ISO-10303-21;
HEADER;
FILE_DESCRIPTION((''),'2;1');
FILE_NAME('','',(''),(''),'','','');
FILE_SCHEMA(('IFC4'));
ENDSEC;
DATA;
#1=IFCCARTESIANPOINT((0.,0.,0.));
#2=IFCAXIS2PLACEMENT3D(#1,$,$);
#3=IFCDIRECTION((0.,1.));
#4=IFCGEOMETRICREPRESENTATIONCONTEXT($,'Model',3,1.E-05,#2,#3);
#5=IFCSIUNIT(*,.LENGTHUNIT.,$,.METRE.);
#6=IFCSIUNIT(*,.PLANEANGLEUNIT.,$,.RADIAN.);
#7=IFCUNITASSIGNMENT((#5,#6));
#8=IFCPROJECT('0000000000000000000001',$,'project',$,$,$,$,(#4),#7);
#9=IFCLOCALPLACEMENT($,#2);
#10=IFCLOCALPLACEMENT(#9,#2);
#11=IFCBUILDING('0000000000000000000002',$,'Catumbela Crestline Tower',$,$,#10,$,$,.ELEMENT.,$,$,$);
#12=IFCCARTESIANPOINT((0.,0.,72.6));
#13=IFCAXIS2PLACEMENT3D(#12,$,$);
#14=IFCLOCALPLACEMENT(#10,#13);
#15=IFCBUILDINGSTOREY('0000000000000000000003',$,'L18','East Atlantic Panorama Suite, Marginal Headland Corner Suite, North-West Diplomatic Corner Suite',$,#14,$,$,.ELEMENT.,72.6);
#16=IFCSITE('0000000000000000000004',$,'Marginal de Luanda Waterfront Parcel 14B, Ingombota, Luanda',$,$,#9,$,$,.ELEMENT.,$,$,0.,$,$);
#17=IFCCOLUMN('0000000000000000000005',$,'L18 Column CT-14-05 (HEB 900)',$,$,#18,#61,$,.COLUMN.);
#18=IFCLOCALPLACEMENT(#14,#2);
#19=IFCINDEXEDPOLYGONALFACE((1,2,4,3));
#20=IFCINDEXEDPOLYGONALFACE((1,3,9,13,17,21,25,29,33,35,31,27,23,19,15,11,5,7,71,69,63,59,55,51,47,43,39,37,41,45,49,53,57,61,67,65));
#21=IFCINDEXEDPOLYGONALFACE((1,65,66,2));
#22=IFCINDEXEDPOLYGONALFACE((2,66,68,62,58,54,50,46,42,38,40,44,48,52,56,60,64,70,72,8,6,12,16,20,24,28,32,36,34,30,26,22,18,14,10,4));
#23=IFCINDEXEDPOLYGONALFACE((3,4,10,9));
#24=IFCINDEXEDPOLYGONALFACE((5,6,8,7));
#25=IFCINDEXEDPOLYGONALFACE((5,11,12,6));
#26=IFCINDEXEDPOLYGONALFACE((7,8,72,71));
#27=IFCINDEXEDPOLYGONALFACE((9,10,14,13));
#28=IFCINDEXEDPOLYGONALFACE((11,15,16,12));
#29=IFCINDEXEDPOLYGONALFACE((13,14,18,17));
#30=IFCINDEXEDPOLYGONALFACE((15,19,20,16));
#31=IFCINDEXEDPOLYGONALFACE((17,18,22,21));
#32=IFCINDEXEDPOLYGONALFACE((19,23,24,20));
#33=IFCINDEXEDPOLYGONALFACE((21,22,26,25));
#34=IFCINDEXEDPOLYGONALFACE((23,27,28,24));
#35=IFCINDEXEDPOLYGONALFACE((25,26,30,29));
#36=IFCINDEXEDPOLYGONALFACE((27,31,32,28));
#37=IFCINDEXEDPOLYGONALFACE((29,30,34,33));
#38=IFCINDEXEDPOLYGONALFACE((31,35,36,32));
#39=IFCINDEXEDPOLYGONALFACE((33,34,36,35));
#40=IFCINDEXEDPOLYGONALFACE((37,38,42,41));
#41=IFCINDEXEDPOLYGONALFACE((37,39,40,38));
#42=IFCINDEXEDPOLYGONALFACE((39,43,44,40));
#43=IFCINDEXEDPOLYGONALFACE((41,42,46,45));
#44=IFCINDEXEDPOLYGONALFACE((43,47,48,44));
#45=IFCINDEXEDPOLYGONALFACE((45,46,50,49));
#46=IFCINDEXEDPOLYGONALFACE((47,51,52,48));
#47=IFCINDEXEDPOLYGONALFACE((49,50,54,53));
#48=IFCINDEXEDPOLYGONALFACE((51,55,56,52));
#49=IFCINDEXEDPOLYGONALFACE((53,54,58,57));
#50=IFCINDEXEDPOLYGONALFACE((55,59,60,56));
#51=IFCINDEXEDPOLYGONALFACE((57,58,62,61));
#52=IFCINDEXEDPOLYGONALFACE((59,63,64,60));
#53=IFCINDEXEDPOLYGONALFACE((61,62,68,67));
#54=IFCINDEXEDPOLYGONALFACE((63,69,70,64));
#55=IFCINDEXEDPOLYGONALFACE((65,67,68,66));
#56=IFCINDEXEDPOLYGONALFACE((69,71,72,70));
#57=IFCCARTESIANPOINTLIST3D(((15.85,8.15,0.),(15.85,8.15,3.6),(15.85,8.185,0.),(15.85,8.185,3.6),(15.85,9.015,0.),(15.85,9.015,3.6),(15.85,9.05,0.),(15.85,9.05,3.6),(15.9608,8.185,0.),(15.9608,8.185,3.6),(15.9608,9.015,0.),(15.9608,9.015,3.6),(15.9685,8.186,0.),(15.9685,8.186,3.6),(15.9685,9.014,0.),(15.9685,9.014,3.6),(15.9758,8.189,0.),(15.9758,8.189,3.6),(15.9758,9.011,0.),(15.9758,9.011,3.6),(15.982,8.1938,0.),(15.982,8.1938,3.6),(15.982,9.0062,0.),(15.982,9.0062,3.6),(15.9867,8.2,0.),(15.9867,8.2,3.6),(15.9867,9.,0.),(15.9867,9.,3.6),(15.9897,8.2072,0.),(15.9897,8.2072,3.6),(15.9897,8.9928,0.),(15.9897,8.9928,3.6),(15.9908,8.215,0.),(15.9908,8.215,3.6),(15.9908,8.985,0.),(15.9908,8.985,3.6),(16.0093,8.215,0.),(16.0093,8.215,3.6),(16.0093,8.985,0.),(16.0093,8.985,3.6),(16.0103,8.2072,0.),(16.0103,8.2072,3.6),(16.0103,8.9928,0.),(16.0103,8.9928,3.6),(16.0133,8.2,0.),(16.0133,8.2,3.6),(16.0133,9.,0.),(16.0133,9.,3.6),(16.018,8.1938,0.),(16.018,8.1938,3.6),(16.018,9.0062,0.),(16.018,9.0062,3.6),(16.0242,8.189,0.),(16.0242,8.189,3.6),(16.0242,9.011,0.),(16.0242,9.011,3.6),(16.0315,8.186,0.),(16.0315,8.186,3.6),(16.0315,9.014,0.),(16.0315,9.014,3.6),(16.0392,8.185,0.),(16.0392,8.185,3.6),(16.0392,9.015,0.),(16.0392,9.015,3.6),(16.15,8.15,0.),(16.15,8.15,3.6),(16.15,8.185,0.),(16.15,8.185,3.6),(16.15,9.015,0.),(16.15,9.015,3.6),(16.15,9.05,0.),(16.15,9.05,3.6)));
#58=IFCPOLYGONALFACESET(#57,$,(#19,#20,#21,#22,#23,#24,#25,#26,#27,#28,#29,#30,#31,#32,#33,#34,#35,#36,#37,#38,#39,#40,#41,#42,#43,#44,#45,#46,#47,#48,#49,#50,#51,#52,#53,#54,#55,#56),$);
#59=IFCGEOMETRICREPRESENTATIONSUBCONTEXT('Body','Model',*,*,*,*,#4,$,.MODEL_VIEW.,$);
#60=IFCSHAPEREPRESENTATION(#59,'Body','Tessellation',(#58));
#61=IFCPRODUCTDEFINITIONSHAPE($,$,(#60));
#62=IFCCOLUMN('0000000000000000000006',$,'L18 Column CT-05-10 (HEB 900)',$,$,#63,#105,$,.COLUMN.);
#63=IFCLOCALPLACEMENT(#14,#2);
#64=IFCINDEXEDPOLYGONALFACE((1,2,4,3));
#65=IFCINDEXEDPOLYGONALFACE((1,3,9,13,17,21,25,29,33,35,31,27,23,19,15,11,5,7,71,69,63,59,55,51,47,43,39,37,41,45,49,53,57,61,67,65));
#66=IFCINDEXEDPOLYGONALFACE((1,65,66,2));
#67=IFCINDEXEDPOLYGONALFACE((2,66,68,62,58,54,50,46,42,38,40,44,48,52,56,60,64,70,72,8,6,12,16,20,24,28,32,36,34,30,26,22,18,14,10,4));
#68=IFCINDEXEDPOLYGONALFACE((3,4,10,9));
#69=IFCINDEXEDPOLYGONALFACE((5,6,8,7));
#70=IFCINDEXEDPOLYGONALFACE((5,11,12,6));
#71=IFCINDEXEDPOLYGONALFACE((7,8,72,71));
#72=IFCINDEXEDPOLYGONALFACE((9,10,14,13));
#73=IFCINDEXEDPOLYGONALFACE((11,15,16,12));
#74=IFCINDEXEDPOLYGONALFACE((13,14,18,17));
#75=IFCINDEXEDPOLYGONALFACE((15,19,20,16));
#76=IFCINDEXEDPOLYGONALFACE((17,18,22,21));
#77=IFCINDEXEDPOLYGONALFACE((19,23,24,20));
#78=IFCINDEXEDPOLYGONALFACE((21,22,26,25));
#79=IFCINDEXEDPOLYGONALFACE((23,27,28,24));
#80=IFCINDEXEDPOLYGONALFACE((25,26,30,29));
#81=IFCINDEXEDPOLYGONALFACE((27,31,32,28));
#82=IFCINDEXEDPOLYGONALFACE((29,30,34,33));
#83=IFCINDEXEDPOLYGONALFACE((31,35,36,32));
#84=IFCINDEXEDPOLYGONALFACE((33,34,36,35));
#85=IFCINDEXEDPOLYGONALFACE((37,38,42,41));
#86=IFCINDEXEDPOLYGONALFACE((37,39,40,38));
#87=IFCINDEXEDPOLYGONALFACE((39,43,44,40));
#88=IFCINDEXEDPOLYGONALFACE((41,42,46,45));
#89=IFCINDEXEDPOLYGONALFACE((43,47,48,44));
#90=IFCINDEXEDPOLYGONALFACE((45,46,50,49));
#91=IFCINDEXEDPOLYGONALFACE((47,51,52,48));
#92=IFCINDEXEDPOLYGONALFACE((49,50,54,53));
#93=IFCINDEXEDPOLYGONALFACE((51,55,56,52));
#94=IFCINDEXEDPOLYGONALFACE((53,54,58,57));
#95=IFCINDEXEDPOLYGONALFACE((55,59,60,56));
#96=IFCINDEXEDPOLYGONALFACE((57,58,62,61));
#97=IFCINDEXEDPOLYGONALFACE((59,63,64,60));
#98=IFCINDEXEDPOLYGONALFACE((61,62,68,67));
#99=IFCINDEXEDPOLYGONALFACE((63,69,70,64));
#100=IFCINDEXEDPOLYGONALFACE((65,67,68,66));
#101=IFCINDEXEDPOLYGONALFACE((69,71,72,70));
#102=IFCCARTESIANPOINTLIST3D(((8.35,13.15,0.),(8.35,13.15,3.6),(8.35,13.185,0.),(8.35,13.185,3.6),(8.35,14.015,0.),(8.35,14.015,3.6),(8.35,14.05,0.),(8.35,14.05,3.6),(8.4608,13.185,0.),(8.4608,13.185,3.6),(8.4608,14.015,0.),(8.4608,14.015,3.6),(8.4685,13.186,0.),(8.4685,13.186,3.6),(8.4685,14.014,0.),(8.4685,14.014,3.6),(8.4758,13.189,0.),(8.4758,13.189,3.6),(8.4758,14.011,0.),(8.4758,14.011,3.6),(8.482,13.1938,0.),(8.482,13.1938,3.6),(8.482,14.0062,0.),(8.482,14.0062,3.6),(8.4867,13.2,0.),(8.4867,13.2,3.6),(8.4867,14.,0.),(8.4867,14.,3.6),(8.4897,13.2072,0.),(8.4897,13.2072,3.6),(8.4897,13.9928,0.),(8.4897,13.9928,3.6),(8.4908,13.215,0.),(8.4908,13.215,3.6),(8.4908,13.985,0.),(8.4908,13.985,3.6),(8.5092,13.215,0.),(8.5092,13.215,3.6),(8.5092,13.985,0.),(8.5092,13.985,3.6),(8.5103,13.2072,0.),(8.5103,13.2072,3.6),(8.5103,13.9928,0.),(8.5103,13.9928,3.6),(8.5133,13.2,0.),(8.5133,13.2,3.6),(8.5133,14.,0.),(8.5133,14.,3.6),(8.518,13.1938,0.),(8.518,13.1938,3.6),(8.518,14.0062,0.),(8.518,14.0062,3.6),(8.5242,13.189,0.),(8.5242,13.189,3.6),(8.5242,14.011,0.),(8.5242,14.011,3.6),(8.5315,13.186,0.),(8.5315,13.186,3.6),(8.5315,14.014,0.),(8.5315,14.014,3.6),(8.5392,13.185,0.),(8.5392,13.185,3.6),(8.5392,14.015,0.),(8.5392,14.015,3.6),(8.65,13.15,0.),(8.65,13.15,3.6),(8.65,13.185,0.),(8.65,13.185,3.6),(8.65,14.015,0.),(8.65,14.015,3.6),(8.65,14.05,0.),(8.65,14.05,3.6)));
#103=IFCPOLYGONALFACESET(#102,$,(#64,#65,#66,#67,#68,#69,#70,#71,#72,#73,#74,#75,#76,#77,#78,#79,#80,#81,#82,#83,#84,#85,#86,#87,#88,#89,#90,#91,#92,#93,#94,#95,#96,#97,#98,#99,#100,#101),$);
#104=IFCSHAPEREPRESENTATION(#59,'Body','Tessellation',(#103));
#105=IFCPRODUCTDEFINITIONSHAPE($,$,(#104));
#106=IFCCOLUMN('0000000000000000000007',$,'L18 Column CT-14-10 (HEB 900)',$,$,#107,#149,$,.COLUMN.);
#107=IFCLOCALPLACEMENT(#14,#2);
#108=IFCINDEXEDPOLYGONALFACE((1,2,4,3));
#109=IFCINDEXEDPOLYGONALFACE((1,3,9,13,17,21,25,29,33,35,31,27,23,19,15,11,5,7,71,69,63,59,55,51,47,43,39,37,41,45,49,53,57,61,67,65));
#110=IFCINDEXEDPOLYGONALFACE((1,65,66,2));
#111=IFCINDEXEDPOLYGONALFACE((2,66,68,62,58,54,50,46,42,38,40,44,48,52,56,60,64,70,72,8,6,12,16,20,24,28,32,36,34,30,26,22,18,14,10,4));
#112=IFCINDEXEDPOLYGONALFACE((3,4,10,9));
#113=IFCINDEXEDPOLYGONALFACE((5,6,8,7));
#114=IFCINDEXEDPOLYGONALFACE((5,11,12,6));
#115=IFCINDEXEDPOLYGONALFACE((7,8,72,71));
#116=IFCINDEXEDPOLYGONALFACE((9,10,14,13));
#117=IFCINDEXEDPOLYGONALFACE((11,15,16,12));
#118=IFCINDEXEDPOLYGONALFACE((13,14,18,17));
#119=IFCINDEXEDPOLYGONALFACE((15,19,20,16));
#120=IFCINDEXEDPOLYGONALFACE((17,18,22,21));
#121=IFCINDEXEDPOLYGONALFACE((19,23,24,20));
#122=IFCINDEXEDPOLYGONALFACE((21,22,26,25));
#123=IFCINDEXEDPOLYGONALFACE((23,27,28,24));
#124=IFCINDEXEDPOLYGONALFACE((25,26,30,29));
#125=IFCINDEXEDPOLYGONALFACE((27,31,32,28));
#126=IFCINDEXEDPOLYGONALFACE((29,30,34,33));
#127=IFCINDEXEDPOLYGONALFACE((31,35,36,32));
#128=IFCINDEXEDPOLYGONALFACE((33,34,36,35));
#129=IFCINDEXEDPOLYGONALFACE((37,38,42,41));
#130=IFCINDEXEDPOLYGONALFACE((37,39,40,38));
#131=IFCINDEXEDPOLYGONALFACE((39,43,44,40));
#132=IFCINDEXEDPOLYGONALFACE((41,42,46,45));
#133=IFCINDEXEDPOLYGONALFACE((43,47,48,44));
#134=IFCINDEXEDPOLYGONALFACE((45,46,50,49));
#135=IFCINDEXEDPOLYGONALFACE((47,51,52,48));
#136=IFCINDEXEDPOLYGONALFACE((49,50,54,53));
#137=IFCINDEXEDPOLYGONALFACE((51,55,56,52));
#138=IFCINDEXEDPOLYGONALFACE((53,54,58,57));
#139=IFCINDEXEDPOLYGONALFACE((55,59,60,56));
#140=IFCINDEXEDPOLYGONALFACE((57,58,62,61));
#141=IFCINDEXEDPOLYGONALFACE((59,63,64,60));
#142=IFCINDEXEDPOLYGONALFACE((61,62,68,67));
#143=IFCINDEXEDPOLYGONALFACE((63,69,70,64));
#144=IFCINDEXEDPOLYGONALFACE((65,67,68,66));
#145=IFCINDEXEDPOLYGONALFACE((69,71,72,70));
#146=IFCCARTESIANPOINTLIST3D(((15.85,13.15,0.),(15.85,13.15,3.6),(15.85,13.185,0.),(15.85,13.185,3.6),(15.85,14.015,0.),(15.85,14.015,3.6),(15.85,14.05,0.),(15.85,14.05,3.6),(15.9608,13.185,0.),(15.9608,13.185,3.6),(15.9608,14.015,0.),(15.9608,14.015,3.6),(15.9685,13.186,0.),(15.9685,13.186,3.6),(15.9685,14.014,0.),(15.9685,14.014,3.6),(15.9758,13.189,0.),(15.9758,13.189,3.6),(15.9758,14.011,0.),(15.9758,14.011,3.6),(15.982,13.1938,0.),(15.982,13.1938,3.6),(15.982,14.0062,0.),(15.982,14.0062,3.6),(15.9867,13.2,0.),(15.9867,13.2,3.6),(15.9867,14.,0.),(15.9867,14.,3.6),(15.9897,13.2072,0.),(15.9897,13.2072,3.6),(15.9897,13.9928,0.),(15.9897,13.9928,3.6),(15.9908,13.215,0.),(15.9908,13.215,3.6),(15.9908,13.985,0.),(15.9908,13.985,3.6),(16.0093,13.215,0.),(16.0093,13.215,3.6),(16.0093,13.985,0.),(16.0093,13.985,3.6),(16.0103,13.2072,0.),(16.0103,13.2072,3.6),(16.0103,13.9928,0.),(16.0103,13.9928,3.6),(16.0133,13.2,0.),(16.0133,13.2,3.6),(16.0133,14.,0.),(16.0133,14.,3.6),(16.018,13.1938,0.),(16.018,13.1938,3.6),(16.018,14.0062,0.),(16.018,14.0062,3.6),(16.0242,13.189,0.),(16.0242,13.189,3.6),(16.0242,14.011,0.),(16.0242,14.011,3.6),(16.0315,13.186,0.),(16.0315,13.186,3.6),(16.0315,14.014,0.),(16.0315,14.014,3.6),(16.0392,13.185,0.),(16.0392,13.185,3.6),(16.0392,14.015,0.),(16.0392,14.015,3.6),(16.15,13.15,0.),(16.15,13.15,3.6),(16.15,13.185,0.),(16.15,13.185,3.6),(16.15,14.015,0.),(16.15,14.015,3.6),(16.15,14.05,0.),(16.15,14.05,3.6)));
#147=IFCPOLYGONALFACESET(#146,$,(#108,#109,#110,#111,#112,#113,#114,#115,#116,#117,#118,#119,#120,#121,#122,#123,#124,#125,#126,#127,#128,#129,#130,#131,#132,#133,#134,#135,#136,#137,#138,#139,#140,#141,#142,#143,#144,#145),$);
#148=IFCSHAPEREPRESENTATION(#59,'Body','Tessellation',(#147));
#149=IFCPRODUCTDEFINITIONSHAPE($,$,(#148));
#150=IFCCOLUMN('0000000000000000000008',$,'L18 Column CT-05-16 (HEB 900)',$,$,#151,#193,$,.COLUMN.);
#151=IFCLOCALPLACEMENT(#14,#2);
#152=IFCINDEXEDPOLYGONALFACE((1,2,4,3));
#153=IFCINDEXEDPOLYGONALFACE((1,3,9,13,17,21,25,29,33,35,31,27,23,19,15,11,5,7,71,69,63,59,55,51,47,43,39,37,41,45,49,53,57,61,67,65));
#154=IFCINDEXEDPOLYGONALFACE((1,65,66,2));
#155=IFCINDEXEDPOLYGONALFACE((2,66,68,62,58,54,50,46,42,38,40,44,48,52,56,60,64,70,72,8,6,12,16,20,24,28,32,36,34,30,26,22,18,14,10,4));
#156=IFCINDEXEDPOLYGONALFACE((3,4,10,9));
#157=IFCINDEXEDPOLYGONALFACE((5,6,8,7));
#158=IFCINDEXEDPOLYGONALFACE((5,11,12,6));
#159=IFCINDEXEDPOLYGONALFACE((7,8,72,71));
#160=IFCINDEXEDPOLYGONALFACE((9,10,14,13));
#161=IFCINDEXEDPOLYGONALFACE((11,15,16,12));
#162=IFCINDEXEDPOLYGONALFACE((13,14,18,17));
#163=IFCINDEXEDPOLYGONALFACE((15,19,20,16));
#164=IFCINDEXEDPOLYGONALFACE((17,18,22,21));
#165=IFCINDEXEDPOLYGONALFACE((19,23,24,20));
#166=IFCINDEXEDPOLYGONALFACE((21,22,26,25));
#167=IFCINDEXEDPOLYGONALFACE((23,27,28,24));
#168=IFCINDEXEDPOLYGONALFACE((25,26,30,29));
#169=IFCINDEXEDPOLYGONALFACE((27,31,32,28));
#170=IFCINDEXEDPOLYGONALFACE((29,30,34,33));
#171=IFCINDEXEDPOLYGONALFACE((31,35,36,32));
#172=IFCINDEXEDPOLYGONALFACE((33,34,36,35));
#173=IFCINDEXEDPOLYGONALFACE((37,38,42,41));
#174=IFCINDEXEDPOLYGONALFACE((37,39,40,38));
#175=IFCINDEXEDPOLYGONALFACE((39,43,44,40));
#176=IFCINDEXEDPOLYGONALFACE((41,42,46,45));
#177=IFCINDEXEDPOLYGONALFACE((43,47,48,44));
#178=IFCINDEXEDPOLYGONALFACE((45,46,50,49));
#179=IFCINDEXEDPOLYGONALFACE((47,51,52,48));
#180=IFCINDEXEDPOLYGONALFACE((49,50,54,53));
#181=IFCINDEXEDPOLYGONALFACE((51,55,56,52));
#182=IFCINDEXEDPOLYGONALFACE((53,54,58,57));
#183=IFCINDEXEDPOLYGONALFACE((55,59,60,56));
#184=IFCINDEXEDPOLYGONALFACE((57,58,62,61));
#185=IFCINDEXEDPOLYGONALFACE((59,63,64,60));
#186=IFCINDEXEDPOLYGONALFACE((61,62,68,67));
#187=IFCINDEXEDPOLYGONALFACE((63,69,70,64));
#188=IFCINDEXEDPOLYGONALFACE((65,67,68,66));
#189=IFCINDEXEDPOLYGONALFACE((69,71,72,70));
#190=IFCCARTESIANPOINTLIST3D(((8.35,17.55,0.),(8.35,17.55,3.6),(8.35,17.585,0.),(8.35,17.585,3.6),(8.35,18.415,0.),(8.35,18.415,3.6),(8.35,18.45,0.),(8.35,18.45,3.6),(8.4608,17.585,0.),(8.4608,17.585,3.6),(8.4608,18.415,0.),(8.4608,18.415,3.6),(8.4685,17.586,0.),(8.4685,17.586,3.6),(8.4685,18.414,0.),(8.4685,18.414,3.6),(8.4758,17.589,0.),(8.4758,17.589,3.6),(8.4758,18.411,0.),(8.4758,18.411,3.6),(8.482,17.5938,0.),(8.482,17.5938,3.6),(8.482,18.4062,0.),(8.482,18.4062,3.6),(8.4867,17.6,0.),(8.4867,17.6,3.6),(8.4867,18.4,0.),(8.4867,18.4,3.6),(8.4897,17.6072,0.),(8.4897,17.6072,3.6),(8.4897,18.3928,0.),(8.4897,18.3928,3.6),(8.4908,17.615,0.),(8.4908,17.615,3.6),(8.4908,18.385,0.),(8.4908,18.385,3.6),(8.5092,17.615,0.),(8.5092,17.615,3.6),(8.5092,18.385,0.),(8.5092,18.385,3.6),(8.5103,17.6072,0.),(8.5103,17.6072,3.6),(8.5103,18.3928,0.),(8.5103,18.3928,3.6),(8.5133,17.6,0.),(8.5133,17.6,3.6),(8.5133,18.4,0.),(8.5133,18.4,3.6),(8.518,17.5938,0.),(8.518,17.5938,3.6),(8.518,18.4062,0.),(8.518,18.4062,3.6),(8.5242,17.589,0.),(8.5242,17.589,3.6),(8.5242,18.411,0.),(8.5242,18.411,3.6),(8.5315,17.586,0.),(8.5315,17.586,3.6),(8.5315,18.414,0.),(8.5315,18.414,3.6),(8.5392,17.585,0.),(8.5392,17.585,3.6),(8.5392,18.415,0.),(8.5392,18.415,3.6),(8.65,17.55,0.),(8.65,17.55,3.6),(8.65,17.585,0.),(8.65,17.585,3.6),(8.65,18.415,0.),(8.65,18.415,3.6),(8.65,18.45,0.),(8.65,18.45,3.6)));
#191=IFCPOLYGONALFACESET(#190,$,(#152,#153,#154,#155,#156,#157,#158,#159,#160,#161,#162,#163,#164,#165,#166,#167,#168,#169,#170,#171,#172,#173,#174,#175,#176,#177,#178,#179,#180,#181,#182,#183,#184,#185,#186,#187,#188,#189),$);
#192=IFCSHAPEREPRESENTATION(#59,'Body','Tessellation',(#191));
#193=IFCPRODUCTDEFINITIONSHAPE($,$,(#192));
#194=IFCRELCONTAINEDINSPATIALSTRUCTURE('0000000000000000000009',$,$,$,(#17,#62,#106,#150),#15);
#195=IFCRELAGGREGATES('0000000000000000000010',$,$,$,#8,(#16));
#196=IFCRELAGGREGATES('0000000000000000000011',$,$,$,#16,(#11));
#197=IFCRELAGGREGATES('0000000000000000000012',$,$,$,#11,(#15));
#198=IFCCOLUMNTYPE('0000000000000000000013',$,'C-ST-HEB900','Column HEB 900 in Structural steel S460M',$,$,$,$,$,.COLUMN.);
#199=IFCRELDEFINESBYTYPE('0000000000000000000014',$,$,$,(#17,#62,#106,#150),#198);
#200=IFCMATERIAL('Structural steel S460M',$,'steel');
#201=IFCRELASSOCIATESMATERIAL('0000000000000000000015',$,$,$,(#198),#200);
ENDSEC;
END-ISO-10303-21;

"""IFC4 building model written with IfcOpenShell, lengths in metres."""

from ifc_helpers import new_model, si_unit, direction, frame, origin, origin_2d, place, context, subcontext, project, spatial, i_section, extrude, material, material_profile, profile_set, type_object, element, save


model = new_model("IFC4")

# Units and contexts
model_context = context("Model", 3, precision=1e-05, world=origin(), true_north=direction((0.0, 1.0)))
body_context = subcontext(model_context, "Body", "Model", "MODEL_VIEW")
ifc_project = project(units=[si_unit("LENGTHUNIT", "METRE"), si_unit("PLANEANGLEUNIT", "RADIAN")], contexts=[model_context])

# Site, building, storey
site_placement = place(None, origin())
site = spatial("IfcSite", under=ifc_project, at=site_placement, Name="Marginal de Luanda Waterfront Parcel 14B, Ingombota, Luanda", CompositionType="ELEMENT", RefElevation=0.0)
building_placement = place(site_placement, origin())
building = spatial("IfcBuilding", under=site, at=building_placement, Name="Catumbela Crestline Tower", CompositionType="ELEMENT")
storey_placement = place(building_placement, frame((0.0, 0.0, 72.6)))
storey = spatial("IfcBuildingStorey", under=building, at=storey_placement, Name="L18", Description="East Atlantic Panorama Suite, Marginal Headland Corner Suite, North-West Diplomatic Corner Suite", CompositionType="ELEMENT", Elevation=72.6)

# Columns
ifc_material_1 = material(Name="Structural steel S460M", Category="steel")
ifc_material_profile_1 = material_profile(ifc_material_1, i_section(OverallWidth=0.3, OverallDepth=0.9, WebThickness=0.0185, FlangeThickness=0.035, FilletRadius=0.03, at=origin_2d()), Name="HEB 900")
ifc_profile_set_1 = profile_set([ifc_material_profile_1], Name="Structural steel S460M")
column_type = type_object("IfcColumnType", Name="C-ST-HEB900", Description="Column HEB 900 in Structural steel S460M", PredefinedType="COLUMN", material=ifc_profile_set_1)
for number, where, z_axis, x_axis, name in (
    (1, (16.0, 8.6, 0.0), (0.0, 0.0, 1.0), (1.0, 0.0, 0.0), "L18 Column CT-14-05 (HEB 900)"),
    (2, (8.5, 13.6, 0.0), (0.0, 0.0, 1.0), (1.0, 0.0, 0.0), "L18 Column CT-05-10 (HEB 900)"),
    (3, (16.0, 13.6, 0.0), (0.0, 0.0, 1.0), (1.0, 0.0, 0.0), "L18 Column CT-14-10 (HEB 900)"),
    (4, (8.5, 18.0, 0.0), (0.0, 0.0, 1.0), (1.0, 0.0, 0.0), "L18 Column CT-05-16 (HEB 900)"),
):
    element("IfcColumn", number, at=place(storey_placement, frame(where, z_axis=z_axis, x_axis=x_axis)), inside=storey, type_object=column_type, Name=name, PredefinedType="COLUMN", context=body_context, shape_type="SweptSolid", body=[
        extrude(i_section(OverallWidth=0.3, OverallDepth=0.9, WebThickness=0.0185, FlangeThickness=0.035, FilletRadius=0.03, at=origin_2d()), origin(), (0.0, 0.0, 1.0), 3.6),
    ])

save(model, "model.ifc")
